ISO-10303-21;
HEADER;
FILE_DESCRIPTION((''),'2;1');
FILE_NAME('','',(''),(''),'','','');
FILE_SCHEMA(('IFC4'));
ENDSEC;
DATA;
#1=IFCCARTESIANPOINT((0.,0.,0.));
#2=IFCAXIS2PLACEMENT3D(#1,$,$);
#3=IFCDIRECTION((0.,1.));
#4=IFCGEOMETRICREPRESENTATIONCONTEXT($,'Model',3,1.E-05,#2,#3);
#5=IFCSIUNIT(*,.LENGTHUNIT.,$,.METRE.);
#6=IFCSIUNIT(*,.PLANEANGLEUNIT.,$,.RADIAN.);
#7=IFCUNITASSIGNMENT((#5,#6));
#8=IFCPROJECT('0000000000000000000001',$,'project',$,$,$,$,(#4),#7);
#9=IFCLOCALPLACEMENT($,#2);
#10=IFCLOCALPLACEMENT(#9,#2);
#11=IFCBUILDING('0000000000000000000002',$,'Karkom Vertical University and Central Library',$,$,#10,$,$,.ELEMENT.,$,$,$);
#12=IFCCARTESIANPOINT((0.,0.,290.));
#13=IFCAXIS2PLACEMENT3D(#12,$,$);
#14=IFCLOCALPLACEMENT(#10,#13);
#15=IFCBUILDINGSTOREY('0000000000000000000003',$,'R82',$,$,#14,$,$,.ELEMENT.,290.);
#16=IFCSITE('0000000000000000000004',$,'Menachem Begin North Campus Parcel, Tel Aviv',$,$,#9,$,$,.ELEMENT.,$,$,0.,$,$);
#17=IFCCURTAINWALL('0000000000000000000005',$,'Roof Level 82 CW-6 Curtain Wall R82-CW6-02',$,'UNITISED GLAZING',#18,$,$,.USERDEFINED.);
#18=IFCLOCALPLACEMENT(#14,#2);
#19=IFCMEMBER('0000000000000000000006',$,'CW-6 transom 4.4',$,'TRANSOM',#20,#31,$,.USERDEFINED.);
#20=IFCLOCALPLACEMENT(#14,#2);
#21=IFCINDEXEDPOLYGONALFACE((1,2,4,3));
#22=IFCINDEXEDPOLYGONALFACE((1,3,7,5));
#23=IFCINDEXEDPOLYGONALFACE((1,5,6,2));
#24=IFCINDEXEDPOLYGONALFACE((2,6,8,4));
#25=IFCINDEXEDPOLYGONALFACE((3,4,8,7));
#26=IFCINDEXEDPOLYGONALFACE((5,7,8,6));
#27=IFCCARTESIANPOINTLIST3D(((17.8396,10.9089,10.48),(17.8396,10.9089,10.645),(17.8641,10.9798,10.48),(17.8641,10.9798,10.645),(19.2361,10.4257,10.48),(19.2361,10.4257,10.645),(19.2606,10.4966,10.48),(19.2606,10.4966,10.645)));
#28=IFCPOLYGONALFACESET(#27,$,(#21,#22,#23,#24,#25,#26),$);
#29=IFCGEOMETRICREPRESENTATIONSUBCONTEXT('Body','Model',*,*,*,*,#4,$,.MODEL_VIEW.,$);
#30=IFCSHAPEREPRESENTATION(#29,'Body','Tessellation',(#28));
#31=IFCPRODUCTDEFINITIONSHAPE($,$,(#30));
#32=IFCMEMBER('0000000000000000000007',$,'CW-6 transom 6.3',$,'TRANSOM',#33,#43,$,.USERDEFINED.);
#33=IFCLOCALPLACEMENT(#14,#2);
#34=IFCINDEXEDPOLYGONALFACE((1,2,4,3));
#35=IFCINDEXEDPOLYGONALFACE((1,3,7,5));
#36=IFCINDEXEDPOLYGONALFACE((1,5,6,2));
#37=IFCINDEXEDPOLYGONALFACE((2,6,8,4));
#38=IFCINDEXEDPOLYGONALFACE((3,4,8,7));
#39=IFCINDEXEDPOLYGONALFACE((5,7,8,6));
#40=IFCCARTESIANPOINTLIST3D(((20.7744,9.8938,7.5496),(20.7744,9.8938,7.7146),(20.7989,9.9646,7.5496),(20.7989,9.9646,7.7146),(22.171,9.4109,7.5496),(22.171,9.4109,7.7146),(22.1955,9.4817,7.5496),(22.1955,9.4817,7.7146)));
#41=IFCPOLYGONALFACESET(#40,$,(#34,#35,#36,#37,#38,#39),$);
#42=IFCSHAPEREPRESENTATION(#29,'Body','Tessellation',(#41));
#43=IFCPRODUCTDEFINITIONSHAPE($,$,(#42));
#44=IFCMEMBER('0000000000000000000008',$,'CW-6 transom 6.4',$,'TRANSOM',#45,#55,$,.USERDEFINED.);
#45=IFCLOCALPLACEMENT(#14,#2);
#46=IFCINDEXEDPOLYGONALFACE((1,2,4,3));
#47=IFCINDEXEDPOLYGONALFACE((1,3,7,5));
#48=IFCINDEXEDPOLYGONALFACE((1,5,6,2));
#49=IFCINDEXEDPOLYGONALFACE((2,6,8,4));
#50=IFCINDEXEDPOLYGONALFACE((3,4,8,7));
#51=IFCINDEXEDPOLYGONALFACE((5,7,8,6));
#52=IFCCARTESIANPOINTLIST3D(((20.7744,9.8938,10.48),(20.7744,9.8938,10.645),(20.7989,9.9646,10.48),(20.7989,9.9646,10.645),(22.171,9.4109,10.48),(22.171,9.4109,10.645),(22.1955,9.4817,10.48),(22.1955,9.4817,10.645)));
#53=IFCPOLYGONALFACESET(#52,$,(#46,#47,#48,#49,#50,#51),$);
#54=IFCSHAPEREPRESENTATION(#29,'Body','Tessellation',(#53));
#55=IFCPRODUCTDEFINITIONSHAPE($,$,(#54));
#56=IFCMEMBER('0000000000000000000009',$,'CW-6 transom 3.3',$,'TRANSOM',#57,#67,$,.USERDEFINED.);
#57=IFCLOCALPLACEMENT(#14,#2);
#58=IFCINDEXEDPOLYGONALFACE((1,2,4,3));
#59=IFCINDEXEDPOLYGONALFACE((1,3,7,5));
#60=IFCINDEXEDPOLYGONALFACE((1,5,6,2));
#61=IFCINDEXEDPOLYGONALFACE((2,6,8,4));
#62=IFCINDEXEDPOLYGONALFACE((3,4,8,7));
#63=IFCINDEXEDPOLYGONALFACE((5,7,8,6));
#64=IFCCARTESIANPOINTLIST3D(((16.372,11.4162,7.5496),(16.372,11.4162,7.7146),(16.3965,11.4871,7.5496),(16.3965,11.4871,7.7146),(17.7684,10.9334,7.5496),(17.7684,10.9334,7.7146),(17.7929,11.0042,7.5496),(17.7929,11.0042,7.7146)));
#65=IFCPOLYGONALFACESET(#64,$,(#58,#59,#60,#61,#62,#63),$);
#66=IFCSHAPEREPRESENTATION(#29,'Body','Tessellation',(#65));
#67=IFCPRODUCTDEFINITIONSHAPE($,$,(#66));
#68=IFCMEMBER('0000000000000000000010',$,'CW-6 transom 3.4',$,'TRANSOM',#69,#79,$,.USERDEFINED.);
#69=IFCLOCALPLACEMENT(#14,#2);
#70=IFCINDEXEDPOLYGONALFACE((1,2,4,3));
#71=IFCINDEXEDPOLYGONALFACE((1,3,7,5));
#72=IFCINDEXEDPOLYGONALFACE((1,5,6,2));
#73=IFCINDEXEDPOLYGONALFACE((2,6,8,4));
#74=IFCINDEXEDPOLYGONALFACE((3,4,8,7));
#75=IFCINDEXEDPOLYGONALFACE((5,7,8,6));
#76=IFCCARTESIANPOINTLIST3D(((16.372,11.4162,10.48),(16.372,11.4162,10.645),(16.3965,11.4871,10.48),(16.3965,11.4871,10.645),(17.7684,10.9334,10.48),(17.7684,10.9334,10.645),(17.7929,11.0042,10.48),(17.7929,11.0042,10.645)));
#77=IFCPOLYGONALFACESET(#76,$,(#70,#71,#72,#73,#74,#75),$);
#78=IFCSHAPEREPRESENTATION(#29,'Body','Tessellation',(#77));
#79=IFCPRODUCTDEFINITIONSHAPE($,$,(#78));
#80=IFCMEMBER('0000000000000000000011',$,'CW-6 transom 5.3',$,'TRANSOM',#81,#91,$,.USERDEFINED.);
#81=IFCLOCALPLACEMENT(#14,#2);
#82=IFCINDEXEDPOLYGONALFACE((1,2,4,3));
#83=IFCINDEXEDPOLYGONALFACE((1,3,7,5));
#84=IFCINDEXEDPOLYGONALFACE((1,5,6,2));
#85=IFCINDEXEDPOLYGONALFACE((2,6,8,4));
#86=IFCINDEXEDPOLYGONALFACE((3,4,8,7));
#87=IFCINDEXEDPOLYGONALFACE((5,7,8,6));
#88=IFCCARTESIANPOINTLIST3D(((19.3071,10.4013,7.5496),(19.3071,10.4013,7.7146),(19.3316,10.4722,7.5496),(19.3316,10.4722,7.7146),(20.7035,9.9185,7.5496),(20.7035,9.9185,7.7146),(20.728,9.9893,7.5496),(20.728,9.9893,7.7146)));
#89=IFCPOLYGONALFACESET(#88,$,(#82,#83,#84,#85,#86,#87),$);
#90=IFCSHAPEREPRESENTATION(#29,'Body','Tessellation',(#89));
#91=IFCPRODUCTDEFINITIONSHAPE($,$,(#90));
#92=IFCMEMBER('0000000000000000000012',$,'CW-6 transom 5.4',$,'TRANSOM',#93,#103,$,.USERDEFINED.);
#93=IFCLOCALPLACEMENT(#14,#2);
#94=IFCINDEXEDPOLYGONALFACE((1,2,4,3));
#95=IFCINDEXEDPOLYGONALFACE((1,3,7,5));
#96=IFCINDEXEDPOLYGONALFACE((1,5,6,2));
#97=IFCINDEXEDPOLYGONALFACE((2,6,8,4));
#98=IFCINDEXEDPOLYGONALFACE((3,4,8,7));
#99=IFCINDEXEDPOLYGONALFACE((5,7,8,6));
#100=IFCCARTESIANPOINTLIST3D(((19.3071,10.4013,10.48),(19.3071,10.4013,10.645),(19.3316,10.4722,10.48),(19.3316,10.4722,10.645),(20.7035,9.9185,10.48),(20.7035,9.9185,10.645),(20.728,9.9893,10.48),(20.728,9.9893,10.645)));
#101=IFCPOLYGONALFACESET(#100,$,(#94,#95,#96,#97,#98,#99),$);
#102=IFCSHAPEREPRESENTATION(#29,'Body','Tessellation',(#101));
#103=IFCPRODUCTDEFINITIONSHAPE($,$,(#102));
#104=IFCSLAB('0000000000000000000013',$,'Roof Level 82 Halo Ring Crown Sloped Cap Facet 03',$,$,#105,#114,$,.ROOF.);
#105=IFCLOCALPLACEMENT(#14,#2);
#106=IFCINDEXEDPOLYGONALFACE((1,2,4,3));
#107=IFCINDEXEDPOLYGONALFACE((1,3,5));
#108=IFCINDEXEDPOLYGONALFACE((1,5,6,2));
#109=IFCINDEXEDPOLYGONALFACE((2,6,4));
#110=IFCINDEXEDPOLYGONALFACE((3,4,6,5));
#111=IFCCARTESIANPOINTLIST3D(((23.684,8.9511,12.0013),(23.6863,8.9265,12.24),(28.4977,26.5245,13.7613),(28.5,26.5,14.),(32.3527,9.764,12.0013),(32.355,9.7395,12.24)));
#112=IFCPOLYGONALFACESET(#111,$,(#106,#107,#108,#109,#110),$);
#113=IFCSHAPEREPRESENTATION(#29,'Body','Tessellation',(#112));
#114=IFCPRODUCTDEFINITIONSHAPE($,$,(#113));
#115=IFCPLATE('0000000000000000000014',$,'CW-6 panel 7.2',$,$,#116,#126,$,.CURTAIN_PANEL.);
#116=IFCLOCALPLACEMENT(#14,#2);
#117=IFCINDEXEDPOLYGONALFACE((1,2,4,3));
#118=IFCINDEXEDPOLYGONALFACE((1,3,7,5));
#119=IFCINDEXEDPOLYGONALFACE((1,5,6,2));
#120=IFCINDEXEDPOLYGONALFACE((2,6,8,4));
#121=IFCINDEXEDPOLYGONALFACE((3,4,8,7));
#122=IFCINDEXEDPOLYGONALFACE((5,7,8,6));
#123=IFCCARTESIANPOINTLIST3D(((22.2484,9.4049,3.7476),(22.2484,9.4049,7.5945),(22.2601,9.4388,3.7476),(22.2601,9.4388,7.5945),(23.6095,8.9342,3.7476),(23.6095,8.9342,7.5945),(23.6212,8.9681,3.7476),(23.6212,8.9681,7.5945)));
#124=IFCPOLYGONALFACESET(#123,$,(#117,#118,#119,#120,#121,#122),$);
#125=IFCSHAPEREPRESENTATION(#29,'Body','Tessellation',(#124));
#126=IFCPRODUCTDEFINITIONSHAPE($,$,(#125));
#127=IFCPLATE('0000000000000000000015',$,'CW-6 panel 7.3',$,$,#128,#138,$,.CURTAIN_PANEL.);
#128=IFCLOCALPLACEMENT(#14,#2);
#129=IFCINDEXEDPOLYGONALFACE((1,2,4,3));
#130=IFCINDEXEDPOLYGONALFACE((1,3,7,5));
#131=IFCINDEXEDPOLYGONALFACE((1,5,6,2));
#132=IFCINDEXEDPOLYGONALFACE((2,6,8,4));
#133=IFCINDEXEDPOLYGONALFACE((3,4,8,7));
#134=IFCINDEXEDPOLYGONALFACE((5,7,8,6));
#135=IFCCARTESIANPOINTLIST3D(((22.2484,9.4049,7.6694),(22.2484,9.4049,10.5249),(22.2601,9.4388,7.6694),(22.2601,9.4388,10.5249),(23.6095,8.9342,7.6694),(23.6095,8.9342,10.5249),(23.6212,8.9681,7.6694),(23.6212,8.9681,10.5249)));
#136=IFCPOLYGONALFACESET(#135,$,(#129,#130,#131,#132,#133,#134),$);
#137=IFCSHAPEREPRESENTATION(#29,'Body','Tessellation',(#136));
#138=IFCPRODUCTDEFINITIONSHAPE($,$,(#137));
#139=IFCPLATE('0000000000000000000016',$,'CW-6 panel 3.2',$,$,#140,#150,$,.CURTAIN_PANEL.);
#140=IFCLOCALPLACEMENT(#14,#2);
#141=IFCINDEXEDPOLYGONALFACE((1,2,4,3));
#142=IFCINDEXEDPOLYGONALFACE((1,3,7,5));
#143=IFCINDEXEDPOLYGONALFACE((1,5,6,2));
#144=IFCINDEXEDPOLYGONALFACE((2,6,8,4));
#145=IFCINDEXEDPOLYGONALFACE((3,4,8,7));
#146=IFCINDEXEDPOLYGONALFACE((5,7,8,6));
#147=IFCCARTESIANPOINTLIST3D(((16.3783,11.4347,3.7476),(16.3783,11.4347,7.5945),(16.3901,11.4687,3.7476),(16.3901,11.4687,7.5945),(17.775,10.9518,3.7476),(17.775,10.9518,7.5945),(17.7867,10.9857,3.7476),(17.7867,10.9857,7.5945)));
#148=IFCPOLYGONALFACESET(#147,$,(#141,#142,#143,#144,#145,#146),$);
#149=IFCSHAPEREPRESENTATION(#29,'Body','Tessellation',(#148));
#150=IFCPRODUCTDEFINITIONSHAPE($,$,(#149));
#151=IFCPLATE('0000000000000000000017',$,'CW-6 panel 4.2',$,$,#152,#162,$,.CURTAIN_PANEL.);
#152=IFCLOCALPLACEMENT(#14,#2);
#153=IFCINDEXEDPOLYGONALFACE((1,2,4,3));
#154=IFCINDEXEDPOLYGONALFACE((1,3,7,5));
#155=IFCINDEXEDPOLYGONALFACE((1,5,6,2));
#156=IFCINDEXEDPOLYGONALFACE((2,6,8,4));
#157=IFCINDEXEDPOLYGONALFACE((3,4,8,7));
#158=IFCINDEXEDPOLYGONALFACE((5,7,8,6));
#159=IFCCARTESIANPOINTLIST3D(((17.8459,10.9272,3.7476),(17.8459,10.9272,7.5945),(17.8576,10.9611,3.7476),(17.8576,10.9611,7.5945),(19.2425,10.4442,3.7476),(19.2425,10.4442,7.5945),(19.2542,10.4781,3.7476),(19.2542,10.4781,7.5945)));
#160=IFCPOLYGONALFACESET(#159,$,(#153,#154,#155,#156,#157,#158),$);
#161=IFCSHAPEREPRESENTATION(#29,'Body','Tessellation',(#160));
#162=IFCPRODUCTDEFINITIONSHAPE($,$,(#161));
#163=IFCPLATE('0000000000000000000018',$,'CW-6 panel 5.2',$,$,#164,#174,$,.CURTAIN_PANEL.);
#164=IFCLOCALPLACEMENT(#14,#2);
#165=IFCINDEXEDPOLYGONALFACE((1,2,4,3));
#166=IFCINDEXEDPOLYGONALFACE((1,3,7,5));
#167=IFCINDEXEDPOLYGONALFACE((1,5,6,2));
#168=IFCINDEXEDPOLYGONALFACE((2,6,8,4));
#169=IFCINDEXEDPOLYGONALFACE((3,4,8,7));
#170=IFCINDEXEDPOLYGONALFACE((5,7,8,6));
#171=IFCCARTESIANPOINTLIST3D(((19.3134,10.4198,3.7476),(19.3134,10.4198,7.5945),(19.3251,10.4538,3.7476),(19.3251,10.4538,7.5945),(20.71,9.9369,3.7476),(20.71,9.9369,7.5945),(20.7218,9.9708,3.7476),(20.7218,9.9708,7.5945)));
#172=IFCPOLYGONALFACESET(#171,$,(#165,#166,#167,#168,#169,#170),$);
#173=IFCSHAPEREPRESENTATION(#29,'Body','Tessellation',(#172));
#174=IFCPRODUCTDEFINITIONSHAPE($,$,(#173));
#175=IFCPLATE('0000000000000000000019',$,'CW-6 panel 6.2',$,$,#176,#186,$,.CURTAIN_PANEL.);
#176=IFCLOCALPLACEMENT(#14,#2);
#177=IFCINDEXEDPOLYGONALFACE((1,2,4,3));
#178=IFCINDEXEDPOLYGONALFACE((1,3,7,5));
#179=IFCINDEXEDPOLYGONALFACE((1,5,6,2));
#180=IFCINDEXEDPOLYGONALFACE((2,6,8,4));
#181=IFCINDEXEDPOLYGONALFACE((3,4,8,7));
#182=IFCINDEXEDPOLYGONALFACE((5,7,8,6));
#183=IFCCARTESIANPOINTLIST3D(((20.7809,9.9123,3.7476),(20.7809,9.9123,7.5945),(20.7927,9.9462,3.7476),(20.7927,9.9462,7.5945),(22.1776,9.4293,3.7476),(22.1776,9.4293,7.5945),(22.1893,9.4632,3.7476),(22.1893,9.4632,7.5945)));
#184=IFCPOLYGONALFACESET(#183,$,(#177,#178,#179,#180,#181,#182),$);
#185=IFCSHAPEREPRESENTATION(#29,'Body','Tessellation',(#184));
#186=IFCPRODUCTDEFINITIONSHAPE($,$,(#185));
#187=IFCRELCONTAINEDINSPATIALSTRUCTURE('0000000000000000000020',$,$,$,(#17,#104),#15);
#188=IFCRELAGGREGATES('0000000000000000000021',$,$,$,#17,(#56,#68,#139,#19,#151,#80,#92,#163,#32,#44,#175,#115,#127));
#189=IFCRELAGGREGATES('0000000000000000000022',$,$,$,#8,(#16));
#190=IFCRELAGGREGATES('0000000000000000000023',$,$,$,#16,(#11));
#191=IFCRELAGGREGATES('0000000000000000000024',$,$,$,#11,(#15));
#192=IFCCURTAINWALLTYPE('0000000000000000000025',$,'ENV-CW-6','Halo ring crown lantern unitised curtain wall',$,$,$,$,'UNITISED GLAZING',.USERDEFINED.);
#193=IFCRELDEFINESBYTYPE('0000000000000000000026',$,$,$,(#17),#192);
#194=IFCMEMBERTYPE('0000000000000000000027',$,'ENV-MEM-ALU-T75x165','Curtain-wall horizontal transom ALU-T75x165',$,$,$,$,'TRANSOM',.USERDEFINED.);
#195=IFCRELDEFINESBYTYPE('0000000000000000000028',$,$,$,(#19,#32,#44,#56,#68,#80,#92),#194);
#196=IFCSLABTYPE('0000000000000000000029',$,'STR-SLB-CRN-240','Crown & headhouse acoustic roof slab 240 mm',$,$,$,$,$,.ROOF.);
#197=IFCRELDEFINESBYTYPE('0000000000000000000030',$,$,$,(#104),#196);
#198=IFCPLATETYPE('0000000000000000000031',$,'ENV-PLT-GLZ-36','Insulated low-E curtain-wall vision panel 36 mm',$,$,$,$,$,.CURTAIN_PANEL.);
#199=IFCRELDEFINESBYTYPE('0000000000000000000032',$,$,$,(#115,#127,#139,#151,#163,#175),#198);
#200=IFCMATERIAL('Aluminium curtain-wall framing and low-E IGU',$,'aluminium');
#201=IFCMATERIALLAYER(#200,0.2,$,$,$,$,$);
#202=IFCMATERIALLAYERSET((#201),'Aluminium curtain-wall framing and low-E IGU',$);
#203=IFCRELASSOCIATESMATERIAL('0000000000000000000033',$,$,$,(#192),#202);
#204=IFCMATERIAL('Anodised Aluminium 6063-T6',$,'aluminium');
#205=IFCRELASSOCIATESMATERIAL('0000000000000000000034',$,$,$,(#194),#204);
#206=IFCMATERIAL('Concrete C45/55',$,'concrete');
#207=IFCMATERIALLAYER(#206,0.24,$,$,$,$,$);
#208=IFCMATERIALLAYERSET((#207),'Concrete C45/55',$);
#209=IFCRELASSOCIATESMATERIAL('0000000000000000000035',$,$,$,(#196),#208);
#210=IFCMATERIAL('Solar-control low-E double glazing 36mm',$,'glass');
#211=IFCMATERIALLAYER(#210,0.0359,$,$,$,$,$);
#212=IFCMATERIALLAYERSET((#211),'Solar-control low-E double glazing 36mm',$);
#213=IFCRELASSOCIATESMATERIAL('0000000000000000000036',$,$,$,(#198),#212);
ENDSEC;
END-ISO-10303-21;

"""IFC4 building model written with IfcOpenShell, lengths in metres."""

from ifc_helpers import new_model, si_unit, direction, frame, origin, origin_with_axes, origin_2d, place, context, subcontext, project, spatial, polyline, rectangle, outline, extrude, source, transform, mapped, material, layer, layer_set, material_profile, profile_set, type_object, element, aggregate, save


model = new_model("IFC4")

# Units and contexts
model_context = context("Model", 3, precision=1e-05, world=origin(), true_north=direction((0.0, 1.0)))
body_context = subcontext(model_context, "Body", "Model", "MODEL_VIEW")
ifc_project = project(units=[si_unit("LENGTHUNIT", "METRE"), si_unit("PLANEANGLEUNIT", "RADIAN")], contexts=[model_context])

# Site, building, storey
site_placement = place(None, origin())
site = spatial("IfcSite", under=ifc_project, at=site_placement, Name="Menachem Begin North Campus Parcel, Tel Aviv", CompositionType="ELEMENT", RefElevation=0.0)
building_placement = place(site_placement, origin())
building = spatial("IfcBuilding", under=site, at=building_placement, Name="Karkom Vertical University and Central Library", CompositionType="ELEMENT")
storey_placement = place(building_placement, frame((0.0, 0.0, 290.0)))
storey = spatial("IfcBuildingStorey", under=building, at=storey_placement, Name="R82", CompositionType="ELEMENT", Elevation=290.0)

# Curtain wall, members
ifc_material_1 = material(Name="Aluminium curtain-wall framing and low-E IGU", Category="aluminium")
ifc_layer_1 = layer(ifc_material_1, 0.2)
ifc_layer_set_1 = layer_set([ifc_layer_1], Name="Aluminium curtain-wall framing and low-E IGU")
curtain_wall_type = type_object("IfcCurtainWallType", Name="ENV-CW-6", Description="Halo ring crown lantern unitised curtain wall", ElementType="UNITISED GLAZING", PredefinedType="USERDEFINED", material=ifc_layer_set_1)
curtain_wall_placement = place(storey_placement, origin())
curtain_wall = element("IfcCurtainWall", 1, at=curtain_wall_placement, inside=storey, type_object=curtain_wall_type, Name="Roof Level 82 CW-6 Curtain Wall R82-CW6-02", ObjectType="UNITISED GLAZING", PredefinedType="USERDEFINED")
ifc_material_2 = material(Name="Anodised Aluminium 6063-T6", Category="aluminium")
ifc_material_profile_1 = material_profile(ifc_material_2, rectangle(XDim=0.075, YDim=0.165, at=origin_2d()), Name="ALU-T75x165")
ifc_profile_set_1 = profile_set([ifc_material_profile_1], Name="Anodised Aluminium 6063-T6")
member_type = type_object("IfcMemberType", Name="ENV-MEM-ALU-T75x165", Description="Curtain-wall horizontal transom ALU-T75x165", ElementType="TRANSOM", PredefinedType="USERDEFINED", material=ifc_profile_set_1)
shared_shape_1 = source(origin_with_axes(), body_context, "Body", "SweptSolid", [
    extrude(rectangle(XDim=0.075, YDim=0.165, at=origin_2d()), origin(), (0.0, 0.0, 1.0), 1.4778),
])
member_1_placement = place(storey_placement, frame((17.8518, 10.9443, 10.5625), z_axis=(0.945037, -0.326963, 0.0), x_axis=(0.326963, 0.945037, 0.0)))
member_1 = element("IfcMember", 2, at=member_1_placement, type_object=member_type, Name="CW-6 transom 4.4", ObjectType="TRANSOM", PredefinedType="USERDEFINED", context=body_context, shape_type="MappedRepresentation", body=[
    mapped(shared_shape_1, transform((0.0, 0.0, 0.0), scale=1.0)),
])
member_2_placement = place(storey_placement, frame((20.7866, 9.9292, 7.6321), z_axis=(0.945106, -0.326764, 0.0), x_axis=(0.326764, 0.945106, 0.0)))
member_2 = element("IfcMember", 3, at=member_2_placement, type_object=member_type, Name="CW-6 transom 6.3", ObjectType="TRANSOM", PredefinedType="USERDEFINED", context=body_context, shape_type="MappedRepresentation", body=[
    mapped(shared_shape_1, transform((0.0, 0.0, 0.0), scale=1.0)),
])
member_3_placement = place(storey_placement, frame((20.7866, 9.9292, 10.5625), z_axis=(0.945106, -0.326764, 0.0), x_axis=(0.326764, 0.945106, 0.0)))
member_3 = element("IfcMember", 4, at=member_3_placement, type_object=member_type, Name="CW-6 transom 6.4", ObjectType="TRANSOM", PredefinedType="USERDEFINED", context=body_context, shape_type="MappedRepresentation", body=[
    mapped(shared_shape_1, transform((0.0, 0.0, 0.0), scale=1.0)),
])
shared_shape_2 = source(origin_with_axes(), body_context, "Body", "SweptSolid", [
    extrude(rectangle(XDim=0.075, YDim=0.165, at=origin_2d()), origin(), (0.0, 0.0, 1.0), 1.4775),
])
member_4_placement = place(storey_placement, frame((16.3843, 11.4517, 7.6321), z_axis=(0.945088, -0.326815, 0.0), x_axis=(0.326815, 0.945088, 0.0)))
member_4 = element("IfcMember", 5, at=member_4_placement, type_object=member_type, Name="CW-6 transom 3.3", ObjectType="TRANSOM", PredefinedType="USERDEFINED", context=body_context, shape_type="MappedRepresentation", body=[
    mapped(shared_shape_2, transform((0.0, 0.0, 0.0), scale=1.0)),
])
member_5_placement = place(storey_placement, frame((16.3843, 11.4517, 10.5625), z_axis=(0.945088, -0.326815, 0.0), x_axis=(0.326815, 0.945088, 0.0)))
member_5 = element("IfcMember", 6, at=member_5_placement, type_object=member_type, Name="CW-6 transom 3.4", ObjectType="TRANSOM", PredefinedType="USERDEFINED", context=body_context, shape_type="MappedRepresentation", body=[
    mapped(shared_shape_2, transform((0.0, 0.0, 0.0), scale=1.0)),
])
member_6_placement = place(storey_placement, frame((19.3193, 10.4368, 7.6321), z_axis=(0.945088, -0.326815, 0.0), x_axis=(0.326815, 0.945088, 0.0)))
member_6 = element("IfcMember", 7, at=member_6_placement, type_object=member_type, Name="CW-6 transom 5.3", ObjectType="TRANSOM", PredefinedType="USERDEFINED", context=body_context, shape_type="MappedRepresentation", body=[
    mapped(shared_shape_2, transform((0.0, 0.0, 0.0), scale=1.0)),
])
member_7_placement = place(storey_placement, frame((19.3193, 10.4368, 10.5625), z_axis=(0.945088, -0.326815, 0.0), x_axis=(0.326815, 0.945088, 0.0)))
member_7 = element("IfcMember", 8, at=member_7_placement, type_object=member_type, Name="CW-6 transom 5.4", ObjectType="TRANSOM", PredefinedType="USERDEFINED", context=body_context, shape_type="MappedRepresentation", body=[
    mapped(shared_shape_2, transform((0.0, 0.0, 0.0), scale=1.0)),
])

# Slab
ifc_material_3 = material(Name="Concrete C45/55", Category="concrete")
ifc_layer_2 = layer(ifc_material_3, 0.24)
ifc_layer_set_2 = layer_set([ifc_layer_2], Name="Concrete C45/55")
slab_type = type_object("IfcSlabType", Name="STR-SLB-CRN-240", Description="Crown & headhouse acoustic roof slab 240 mm", PredefinedType="ROOF", material=ifc_layer_set_2)
slab_placement = place(storey_placement, frame((23.6863, 8.9265, 12.24), z_axis=(0.009589, -0.102249, 0.994713), x_axis=(0.995631, 0.093375, 0.0)))
element("IfcSlab", 9, at=slab_placement, inside=storey, type_object=slab_type, Name="Roof Level 82 Halo Ring Crown Sloped Cap Facet 03", PredefinedType="ROOF", context=body_context, shape_type="SweptSolid", body=[
    extrude(outline(polyline([(0.0, 0.0), (8.7067, 0.0), (6.4336, 17.1378), (0.0, 0.0)])), origin(), (0.0, 0.0, -1.0), 0.24),
])

# Plates
ifc_material_4 = material(Name="Solar-control low-E double glazing 36mm", Category="glass")
ifc_layer_3 = layer(ifc_material_4, 0.0359)
ifc_layer_set_3 = layer_set([ifc_layer_3], Name="Solar-control low-E double glazing 36mm")
plate_type = type_object("IfcPlateType", Name="ENV-PLT-GLZ-36", Description="Insulated low-E curtain-wall vision panel 36 mm", PredefinedType="CURTAIN_PANEL", material=ifc_layer_set_3)
shared_shape_3 = source(origin_with_axes(), body_context, "Body", "SweptSolid", [
    extrude(rectangle(XDim=1.4402, YDim=0.0359, at=origin_2d()), origin(), (0.0, 0.0, 1.0), 3.8469),
])
plate_1_placement = place(storey_placement, frame((22.9348, 9.1865, 3.7476), z_axis=(0.0, 0.0, 1.0), x_axis=(0.945085, -0.326823, 0.0)))
plate_1 = element("IfcPlate", 10, at=plate_1_placement, type_object=plate_type, Name="CW-6 panel 7.2", PredefinedType="CURTAIN_PANEL", context=body_context, shape_type="MappedRepresentation", body=[
    mapped(shared_shape_3, transform((0.0, 0.0, 0.0), scale=1.0)),
])
shared_shape_4 = source(origin_with_axes(), body_context, "Body", "SweptSolid", [
    extrude(rectangle(XDim=1.4402, YDim=0.0359, at=origin_2d()), origin(), (0.0, 0.0, 1.0), 2.8555),
])
plate_2_placement = place(storey_placement, frame((22.9348, 9.1865, 7.6694), z_axis=(0.0, 0.0, 1.0), x_axis=(0.945085, -0.326823, 0.0)))
plate_2 = element("IfcPlate", 11, at=plate_2_placement, type_object=plate_type, Name="CW-6 panel 7.3", PredefinedType="CURTAIN_PANEL", context=body_context, shape_type="MappedRepresentation", body=[
    mapped(shared_shape_4, transform((0.0, 0.0, 0.0), scale=1.0)),
])
shared_shape_5 = source(origin_with_axes(), body_context, "Body", "SweptSolid", [
    extrude(rectangle(XDim=1.4778, YDim=0.0359, at=origin_2d()), origin(), (0.0, 0.0, 1.0), 3.8469),
])
plate_3_placement = place(storey_placement, frame((17.0825, 11.2102, 3.7476), z_axis=(0.0, 0.0, 1.0), x_axis=(0.945085, -0.326823, 0.0)))
plate_3 = element("IfcPlate", 12, at=plate_3_placement, type_object=plate_type, Name="CW-6 panel 3.2", PredefinedType="CURTAIN_PANEL", context=body_context, shape_type="MappedRepresentation", body=[
    mapped(shared_shape_5, transform((0.0, 0.0, 0.0), scale=1.0)),
])
plate_4_placement = place(storey_placement, frame((18.55, 10.7026, 3.7476), z_axis=(0.0, 0.0, 1.0), x_axis=(0.945085, -0.326823, 0.0)))
plate_4 = element("IfcPlate", 13, at=plate_4_placement, type_object=plate_type, Name="CW-6 panel 4.2", PredefinedType="CURTAIN_PANEL", context=body_context, shape_type="MappedRepresentation", body=[
    mapped(shared_shape_5, transform((0.0, 0.0, 0.0), scale=1.0)),
])
plate_5_placement = place(storey_placement, frame((20.0176, 10.1953, 3.7476), z_axis=(0.0, 0.0, 1.0), x_axis=(0.945085, -0.326823, 0.0)))
plate_5 = element("IfcPlate", 14, at=plate_5_placement, type_object=plate_type, Name="CW-6 panel 5.2", PredefinedType="CURTAIN_PANEL", context=body_context, shape_type="MappedRepresentation", body=[
    mapped(shared_shape_5, transform((0.0, 0.0, 0.0), scale=1.0)),
])
plate_6_placement = place(storey_placement, frame((21.4851, 9.6877, 3.7476), z_axis=(0.0, 0.0, 1.0), x_axis=(0.945085, -0.326823, 0.0)))
plate_6 = element("IfcPlate", 15, at=plate_6_placement, type_object=plate_type, Name="CW-6 panel 6.2", PredefinedType="CURTAIN_PANEL", context=body_context, shape_type="MappedRepresentation", body=[
    mapped(shared_shape_5, transform((0.0, 0.0, 0.0), scale=1.0)),
])
aggregate(curtain_wall, [member_4, member_5, plate_3, member_1, plate_4, member_6, member_7, plate_5, member_2, member_3, plate_6, plate_1, plate_2])

save(model, "model.ifc")
